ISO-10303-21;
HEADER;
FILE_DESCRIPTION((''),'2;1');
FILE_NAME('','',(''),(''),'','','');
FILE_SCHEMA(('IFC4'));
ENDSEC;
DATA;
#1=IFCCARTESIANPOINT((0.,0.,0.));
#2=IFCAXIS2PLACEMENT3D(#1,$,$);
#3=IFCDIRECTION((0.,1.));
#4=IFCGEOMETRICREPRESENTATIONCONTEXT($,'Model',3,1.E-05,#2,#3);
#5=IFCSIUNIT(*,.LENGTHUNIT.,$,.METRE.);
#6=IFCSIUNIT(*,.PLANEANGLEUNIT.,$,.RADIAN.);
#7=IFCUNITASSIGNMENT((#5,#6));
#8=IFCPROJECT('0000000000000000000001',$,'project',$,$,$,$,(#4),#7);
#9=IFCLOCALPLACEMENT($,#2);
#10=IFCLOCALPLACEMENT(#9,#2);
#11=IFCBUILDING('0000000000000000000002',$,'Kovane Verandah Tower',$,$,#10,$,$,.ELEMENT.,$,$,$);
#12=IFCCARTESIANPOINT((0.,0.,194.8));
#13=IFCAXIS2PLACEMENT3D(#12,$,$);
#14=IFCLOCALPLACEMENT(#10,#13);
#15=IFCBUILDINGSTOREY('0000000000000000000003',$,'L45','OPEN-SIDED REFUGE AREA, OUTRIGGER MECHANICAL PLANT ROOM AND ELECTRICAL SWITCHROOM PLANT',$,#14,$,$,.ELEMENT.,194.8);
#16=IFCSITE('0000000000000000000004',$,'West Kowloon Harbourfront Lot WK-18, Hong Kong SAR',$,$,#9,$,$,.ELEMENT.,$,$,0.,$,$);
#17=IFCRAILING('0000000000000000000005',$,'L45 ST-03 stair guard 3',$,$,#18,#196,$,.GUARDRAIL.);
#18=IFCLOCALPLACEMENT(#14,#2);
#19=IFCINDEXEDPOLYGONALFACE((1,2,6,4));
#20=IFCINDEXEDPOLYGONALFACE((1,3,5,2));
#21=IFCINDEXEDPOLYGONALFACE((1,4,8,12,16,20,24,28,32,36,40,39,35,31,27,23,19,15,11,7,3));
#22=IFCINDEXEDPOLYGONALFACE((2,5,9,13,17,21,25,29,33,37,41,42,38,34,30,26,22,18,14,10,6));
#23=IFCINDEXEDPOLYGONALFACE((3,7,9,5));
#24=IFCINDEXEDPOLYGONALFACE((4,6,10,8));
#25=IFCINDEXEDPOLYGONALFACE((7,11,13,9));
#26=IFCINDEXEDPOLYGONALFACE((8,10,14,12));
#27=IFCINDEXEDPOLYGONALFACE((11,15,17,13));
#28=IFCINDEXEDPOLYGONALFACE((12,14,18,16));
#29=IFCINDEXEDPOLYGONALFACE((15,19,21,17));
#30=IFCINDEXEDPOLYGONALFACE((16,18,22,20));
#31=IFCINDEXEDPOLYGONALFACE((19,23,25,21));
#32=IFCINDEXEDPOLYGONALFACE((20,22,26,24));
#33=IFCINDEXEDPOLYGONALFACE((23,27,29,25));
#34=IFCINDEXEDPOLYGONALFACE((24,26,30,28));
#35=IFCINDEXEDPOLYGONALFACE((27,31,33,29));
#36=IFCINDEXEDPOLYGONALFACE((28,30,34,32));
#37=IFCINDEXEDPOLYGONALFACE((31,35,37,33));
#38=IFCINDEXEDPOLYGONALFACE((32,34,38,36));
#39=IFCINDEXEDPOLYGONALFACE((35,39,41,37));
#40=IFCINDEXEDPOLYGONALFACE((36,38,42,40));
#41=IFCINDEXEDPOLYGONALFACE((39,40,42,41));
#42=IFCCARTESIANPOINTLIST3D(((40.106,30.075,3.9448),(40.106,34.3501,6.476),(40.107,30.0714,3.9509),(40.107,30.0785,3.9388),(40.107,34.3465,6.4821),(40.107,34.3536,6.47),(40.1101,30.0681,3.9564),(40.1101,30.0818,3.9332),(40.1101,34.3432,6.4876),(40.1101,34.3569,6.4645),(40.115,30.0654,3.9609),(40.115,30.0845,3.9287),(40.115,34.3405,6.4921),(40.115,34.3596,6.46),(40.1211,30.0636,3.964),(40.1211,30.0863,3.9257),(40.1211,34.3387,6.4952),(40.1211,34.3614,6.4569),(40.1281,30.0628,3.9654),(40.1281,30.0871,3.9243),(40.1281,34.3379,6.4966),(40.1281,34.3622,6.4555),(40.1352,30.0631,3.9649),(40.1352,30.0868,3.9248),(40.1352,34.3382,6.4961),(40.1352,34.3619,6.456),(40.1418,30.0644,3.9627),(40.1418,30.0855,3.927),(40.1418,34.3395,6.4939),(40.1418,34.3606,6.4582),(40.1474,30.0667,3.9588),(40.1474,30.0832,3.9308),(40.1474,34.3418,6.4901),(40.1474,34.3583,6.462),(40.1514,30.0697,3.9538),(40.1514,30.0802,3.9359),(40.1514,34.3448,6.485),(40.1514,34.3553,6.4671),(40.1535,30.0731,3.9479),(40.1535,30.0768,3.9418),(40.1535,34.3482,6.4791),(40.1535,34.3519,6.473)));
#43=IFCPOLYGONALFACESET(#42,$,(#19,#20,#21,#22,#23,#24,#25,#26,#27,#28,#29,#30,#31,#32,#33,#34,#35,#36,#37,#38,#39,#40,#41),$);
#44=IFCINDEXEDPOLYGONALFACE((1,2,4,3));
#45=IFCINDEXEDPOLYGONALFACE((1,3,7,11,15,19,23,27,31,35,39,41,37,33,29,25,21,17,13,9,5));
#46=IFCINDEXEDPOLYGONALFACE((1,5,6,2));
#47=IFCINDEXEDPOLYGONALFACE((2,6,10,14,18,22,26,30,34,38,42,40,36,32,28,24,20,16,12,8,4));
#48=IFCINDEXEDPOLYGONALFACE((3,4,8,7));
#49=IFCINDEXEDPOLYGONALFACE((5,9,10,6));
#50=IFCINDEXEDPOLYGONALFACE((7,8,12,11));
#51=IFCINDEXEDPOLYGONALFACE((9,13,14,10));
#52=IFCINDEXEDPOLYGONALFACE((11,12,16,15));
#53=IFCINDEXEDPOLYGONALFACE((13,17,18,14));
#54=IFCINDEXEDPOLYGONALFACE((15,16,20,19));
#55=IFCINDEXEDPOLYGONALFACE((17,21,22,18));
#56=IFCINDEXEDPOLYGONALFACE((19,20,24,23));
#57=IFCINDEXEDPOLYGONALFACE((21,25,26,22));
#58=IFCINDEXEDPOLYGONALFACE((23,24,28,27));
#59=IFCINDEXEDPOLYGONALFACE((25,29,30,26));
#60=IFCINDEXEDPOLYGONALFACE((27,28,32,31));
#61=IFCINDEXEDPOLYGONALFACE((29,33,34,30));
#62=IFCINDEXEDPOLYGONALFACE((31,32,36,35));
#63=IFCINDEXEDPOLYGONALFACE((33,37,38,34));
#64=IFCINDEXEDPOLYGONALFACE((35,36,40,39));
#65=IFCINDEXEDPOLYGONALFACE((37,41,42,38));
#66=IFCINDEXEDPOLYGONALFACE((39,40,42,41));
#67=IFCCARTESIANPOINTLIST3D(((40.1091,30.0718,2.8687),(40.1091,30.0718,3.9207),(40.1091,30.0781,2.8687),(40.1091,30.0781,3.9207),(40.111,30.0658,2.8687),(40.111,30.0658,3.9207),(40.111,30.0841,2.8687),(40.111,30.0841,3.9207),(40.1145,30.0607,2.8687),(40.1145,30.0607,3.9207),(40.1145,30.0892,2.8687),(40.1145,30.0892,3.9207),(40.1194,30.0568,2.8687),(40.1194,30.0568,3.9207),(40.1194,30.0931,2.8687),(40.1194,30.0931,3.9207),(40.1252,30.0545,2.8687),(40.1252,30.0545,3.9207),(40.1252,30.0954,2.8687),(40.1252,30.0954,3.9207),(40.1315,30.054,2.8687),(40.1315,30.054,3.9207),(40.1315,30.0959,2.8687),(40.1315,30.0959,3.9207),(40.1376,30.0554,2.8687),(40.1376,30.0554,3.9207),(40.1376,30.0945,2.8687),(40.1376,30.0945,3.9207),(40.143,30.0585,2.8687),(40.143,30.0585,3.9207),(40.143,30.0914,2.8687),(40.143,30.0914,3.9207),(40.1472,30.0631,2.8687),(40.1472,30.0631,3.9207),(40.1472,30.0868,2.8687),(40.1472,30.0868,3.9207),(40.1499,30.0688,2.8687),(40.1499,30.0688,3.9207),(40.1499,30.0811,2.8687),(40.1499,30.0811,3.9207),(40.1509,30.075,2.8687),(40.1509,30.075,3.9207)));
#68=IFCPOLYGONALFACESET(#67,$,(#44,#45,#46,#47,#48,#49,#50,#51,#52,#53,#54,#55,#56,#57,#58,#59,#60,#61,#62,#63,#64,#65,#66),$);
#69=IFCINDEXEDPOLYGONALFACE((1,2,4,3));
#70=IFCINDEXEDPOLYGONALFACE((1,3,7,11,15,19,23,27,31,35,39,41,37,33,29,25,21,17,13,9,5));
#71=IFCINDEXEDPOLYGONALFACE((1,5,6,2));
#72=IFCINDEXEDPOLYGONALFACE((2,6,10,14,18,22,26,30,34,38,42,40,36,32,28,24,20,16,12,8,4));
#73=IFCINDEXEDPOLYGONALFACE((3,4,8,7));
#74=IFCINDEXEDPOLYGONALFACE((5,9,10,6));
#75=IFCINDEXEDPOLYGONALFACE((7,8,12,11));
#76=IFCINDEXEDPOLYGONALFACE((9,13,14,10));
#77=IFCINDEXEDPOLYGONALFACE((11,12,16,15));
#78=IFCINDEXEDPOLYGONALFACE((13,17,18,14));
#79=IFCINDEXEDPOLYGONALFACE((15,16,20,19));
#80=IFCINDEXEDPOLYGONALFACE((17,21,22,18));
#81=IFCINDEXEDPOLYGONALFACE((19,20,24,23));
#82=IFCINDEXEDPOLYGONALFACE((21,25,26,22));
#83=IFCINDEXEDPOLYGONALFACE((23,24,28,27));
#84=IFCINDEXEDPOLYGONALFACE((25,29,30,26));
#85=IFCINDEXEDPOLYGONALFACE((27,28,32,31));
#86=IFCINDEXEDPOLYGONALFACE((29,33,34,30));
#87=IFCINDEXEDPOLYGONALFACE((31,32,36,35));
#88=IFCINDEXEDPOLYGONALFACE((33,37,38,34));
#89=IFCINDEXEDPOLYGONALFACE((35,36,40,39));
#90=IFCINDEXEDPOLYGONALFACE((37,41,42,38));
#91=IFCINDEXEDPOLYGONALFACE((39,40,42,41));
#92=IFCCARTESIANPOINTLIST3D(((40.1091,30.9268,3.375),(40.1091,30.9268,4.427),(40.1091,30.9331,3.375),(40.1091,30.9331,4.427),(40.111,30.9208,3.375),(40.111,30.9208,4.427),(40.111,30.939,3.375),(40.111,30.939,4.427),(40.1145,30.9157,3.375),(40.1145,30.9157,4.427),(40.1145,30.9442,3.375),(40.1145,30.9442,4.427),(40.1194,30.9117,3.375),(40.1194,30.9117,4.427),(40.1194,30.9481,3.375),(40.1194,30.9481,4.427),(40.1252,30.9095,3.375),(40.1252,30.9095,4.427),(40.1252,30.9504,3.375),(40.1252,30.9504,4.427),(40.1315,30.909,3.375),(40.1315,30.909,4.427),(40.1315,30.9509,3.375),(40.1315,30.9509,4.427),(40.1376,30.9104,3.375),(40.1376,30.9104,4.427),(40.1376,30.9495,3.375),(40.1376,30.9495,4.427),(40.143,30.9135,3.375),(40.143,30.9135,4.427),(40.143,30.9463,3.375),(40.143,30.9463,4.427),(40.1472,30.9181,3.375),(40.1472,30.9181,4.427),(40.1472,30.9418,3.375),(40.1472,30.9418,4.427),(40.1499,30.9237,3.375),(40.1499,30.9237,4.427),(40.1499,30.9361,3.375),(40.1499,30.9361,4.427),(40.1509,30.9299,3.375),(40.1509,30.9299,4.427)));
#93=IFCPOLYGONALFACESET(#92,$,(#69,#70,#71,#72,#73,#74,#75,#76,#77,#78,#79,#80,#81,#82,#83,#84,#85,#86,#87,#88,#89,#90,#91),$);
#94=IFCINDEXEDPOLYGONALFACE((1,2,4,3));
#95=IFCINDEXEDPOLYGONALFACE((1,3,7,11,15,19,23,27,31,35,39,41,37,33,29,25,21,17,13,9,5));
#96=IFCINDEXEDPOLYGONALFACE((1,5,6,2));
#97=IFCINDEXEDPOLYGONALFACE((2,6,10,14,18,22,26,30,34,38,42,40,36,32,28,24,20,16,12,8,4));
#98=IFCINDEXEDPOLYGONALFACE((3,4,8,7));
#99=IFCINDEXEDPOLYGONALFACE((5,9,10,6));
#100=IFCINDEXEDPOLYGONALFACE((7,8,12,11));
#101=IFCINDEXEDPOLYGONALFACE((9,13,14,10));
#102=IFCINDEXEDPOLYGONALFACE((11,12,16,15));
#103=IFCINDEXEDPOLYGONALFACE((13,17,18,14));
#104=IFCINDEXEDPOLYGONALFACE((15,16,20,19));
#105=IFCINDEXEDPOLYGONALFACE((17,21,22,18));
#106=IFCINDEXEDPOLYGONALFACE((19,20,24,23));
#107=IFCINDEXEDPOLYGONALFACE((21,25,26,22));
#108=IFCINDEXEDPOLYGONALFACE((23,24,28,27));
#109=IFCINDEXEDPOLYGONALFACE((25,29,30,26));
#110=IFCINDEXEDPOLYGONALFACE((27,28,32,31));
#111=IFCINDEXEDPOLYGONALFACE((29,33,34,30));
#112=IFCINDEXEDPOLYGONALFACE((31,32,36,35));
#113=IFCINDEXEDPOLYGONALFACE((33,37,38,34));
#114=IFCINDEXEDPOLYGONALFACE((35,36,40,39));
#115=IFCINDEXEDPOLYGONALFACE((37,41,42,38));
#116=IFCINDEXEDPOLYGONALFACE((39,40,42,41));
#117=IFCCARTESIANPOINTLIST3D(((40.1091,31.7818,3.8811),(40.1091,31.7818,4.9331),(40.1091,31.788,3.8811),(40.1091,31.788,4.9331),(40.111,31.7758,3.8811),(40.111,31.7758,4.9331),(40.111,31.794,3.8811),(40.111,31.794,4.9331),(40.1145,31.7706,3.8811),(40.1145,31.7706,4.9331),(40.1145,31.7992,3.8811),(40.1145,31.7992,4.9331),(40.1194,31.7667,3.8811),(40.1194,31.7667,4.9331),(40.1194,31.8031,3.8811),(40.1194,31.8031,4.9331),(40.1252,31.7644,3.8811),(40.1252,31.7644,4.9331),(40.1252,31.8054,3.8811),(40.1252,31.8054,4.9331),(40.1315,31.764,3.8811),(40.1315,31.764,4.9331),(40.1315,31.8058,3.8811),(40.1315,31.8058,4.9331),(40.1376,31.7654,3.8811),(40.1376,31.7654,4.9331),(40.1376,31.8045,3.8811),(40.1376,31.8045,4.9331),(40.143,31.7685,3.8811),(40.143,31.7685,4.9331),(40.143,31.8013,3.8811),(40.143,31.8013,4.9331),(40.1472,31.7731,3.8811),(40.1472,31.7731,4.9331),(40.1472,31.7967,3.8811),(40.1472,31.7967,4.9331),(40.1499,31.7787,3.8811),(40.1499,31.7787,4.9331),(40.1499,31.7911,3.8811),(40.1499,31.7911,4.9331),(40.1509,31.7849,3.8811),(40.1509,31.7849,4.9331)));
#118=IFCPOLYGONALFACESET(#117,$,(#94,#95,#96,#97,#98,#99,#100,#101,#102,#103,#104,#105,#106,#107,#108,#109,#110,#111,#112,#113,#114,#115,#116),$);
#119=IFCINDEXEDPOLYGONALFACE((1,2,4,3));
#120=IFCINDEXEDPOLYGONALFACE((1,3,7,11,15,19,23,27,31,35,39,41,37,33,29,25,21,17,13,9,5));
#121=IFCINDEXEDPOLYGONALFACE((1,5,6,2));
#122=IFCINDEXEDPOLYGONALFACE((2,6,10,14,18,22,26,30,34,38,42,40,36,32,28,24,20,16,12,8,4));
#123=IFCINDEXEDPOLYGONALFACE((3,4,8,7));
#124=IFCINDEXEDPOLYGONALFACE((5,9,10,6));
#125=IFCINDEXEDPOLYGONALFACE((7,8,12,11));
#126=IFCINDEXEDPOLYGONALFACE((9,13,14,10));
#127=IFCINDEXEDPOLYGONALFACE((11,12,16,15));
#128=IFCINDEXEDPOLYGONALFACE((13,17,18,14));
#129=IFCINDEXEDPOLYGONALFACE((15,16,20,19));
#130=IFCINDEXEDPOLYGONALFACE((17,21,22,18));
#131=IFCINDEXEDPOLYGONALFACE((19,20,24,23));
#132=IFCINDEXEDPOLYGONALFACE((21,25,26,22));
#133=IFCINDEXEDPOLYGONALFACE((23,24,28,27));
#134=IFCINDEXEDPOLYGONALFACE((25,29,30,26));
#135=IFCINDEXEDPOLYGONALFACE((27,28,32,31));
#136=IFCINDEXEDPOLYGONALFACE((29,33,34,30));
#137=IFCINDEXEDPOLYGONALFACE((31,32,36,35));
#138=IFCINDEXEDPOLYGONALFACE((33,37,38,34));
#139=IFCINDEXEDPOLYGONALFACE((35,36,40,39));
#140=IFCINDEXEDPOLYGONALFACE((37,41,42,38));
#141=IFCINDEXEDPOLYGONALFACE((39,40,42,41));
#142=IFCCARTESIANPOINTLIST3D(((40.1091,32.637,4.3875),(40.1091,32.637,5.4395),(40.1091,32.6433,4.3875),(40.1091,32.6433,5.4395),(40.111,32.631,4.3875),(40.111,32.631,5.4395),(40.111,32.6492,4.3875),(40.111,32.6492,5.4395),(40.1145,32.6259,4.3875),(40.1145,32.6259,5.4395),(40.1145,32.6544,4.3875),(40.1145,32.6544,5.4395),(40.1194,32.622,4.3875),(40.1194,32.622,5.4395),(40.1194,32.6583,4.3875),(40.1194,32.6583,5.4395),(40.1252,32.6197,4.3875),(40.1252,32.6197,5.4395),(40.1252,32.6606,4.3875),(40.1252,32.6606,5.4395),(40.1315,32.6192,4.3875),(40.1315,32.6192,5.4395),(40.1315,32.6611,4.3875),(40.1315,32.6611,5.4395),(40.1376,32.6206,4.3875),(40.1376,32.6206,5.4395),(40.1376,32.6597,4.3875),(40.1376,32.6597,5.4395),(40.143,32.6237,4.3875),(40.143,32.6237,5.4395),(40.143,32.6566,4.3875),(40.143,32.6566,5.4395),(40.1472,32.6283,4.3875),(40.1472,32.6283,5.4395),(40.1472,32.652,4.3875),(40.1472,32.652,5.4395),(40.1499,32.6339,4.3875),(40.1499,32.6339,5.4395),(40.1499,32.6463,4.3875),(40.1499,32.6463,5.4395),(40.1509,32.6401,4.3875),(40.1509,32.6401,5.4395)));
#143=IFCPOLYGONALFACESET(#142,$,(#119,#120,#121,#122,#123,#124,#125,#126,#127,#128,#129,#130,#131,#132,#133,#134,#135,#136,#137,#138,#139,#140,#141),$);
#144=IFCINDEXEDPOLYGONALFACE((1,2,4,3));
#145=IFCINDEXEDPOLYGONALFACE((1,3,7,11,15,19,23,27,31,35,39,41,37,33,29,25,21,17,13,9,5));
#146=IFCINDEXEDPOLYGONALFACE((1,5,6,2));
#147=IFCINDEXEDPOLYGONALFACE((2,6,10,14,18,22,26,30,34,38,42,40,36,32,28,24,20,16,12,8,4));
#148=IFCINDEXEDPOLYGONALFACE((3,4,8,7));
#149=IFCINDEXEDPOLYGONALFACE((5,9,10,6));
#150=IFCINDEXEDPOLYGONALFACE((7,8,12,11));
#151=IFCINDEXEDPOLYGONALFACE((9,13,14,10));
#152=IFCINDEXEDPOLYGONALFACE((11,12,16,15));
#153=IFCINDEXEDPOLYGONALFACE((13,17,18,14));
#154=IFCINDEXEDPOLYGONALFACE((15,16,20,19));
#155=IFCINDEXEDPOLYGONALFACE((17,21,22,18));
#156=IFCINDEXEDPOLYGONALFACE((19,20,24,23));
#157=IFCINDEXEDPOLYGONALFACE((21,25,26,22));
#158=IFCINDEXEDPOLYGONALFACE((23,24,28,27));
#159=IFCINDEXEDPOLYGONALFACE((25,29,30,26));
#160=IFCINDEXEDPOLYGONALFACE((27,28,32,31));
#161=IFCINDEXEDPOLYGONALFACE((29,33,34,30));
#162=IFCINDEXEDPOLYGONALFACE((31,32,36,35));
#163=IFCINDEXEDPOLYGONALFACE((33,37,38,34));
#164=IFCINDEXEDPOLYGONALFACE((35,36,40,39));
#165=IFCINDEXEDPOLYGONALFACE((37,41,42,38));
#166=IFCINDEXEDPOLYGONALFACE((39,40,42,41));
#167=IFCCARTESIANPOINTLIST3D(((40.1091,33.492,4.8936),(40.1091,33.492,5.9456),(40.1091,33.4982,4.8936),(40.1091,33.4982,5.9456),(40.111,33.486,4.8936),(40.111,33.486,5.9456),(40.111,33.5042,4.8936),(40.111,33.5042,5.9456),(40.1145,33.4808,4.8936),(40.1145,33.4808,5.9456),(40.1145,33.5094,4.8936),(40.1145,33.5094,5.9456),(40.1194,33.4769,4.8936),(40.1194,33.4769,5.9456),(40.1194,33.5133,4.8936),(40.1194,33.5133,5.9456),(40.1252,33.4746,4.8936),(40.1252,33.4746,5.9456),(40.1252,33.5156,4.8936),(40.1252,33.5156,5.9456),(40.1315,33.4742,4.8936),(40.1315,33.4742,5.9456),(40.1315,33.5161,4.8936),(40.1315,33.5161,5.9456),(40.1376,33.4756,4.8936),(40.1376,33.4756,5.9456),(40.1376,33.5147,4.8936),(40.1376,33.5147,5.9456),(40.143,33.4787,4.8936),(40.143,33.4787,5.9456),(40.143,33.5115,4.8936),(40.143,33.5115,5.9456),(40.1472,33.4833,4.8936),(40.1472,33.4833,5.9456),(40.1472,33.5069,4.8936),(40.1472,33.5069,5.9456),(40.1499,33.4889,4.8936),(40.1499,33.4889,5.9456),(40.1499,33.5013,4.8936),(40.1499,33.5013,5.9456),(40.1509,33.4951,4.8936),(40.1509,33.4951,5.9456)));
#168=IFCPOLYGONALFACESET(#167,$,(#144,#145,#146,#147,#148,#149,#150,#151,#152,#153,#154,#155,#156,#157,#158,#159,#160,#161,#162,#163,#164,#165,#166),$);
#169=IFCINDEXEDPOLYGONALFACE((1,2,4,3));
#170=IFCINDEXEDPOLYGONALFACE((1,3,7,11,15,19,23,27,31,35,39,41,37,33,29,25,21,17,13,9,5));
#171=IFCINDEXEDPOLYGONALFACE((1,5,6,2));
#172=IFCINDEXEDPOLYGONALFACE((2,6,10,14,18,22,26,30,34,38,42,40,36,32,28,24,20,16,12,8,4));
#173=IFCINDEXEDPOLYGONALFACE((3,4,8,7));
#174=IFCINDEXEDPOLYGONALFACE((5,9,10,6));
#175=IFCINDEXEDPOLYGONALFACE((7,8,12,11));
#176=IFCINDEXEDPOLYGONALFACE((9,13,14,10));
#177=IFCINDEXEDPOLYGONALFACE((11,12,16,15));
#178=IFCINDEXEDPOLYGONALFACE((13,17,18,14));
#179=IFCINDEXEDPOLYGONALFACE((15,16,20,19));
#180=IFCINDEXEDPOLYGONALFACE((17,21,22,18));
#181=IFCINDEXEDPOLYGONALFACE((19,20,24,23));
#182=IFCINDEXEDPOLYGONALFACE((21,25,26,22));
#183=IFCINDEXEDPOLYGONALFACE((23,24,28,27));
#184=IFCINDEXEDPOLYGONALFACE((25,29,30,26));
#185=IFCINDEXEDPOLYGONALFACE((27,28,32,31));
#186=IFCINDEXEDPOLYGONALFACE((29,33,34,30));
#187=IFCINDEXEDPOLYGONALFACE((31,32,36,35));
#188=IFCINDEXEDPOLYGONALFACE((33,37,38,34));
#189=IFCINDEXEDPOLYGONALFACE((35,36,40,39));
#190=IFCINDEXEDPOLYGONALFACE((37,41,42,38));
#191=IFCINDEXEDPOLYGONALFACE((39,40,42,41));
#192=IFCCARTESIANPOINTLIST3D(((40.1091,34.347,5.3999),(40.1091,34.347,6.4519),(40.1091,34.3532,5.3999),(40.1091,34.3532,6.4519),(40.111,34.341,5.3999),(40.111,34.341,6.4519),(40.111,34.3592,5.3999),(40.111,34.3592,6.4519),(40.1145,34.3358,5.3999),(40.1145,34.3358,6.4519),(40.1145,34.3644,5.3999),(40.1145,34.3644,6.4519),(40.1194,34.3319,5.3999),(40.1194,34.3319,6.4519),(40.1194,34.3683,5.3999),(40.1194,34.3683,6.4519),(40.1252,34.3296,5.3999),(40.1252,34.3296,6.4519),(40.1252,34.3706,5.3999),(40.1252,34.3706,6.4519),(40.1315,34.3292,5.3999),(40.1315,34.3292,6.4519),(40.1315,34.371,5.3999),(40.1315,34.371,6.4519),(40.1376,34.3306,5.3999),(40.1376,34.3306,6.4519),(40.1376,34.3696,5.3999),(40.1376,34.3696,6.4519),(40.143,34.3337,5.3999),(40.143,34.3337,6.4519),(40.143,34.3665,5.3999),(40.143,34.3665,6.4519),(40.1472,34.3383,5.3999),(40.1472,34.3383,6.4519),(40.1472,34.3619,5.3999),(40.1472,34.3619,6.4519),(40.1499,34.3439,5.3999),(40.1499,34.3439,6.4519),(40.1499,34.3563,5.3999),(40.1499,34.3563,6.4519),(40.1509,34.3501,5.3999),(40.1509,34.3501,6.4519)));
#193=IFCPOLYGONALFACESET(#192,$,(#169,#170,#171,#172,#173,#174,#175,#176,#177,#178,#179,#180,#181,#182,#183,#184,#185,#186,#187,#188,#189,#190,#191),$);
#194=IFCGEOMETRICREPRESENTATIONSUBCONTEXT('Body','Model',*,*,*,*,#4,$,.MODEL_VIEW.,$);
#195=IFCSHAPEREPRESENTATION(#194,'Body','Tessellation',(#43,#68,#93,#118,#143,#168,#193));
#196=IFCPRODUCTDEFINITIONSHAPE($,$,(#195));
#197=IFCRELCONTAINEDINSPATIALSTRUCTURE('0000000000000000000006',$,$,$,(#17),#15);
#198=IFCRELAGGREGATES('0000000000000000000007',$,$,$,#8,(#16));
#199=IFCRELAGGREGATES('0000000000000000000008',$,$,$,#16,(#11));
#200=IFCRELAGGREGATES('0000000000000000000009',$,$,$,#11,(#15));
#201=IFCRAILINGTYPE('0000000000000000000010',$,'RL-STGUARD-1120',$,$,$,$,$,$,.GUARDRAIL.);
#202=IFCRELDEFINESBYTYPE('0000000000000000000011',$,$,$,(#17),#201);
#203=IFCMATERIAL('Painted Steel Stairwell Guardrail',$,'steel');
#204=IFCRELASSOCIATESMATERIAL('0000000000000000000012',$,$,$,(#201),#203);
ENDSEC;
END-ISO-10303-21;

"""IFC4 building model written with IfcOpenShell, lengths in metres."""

from ifc_helpers import new_model, si_unit, direction, frame, origin, origin_2d, place, context, subcontext, project, spatial, circle, extrude, material, type_object, element, save


model = new_model("IFC4")

# Units and contexts
model_context = context("Model", 3, precision=1e-05, world=origin(), true_north=direction((0.0, 1.0)))
body_context = subcontext(model_context, "Body", "Model", "MODEL_VIEW")
ifc_project = project(units=[si_unit("LENGTHUNIT", "METRE"), si_unit("PLANEANGLEUNIT", "RADIAN")], contexts=[model_context])

# Site, building, storey
site_placement = place(None, origin())
site = spatial("IfcSite", under=ifc_project, at=site_placement, Name="West Kowloon Harbourfront Lot WK-18, Hong Kong SAR", CompositionType="ELEMENT", RefElevation=0.0)
building_placement = place(site_placement, origin())
building = spatial("IfcBuilding", under=site, at=building_placement, Name="Kovane Verandah Tower", CompositionType="ELEMENT")
storey_placement = place(building_placement, frame((0.0, 0.0, 194.8)))
storey = spatial("IfcBuildingStorey", under=building, at=storey_placement, Name="L45", Description="OPEN-SIDED REFUGE AREA, OUTRIGGER MECHANICAL PLANT ROOM AND ELECTRICAL SWITCHROOM PLANT", CompositionType="ELEMENT", Elevation=194.8)

# Railing
ifc_material_1 = material(Name="Painted Steel Stairwell Guardrail", Category="steel")
railing_type_1 = type_object("IfcRailingType", Name="RL-STGUARD-1120", PredefinedType="GUARDRAIL", material=ifc_material_1)
railing_1_placement = place(storey_placement, frame((40.1299, 30.075, 2.8687)))
element("IfcRailing", 1, at=railing_1_placement, inside=storey, type_object=railing_type_1, Name="L45 ST-03 stair guard 3", PredefinedType="GUARDRAIL", context=body_context, shape_type="SweptSolid", body=[
    extrude(circle(Radius=0.0239, at=origin_2d()), frame((0.0, 0.0, 1.0762), z_axis=(0.0, 0.860483, 0.509479), x_axis=(-1.0, 0.0, 0.0)), (0.0, 0.0, 1.0), 4.9683),
    extrude(circle(Radius=0.021, at=origin_2d()), origin(), (0.0, 0.0, 1.0), 1.052),
    extrude(circle(Radius=0.021, at=origin_2d()), frame((0.0, 0.855, 0.5063)), (0.0, 0.0, 1.0), 1.052),
    extrude(circle(Radius=0.021, at=origin_2d()), frame((0.0, 1.71, 1.0125)), (0.0, 0.0, 1.0), 1.052),
    extrude(circle(Radius=0.021, at=origin_2d()), frame((0.0, 2.5652, 1.5188)), (0.0, 0.0, 1.0), 1.052),
    extrude(circle(Radius=0.021, at=origin_2d()), frame((0.0, 3.4202, 2.0249)), (0.0, 0.0, 1.0), 1.052),
    extrude(circle(Radius=0.021, at=origin_2d()), frame((0.0, 4.2751, 2.5312)), (0.0, 0.0, 1.0), 1.052),
])

save(model, "model.ifc")
